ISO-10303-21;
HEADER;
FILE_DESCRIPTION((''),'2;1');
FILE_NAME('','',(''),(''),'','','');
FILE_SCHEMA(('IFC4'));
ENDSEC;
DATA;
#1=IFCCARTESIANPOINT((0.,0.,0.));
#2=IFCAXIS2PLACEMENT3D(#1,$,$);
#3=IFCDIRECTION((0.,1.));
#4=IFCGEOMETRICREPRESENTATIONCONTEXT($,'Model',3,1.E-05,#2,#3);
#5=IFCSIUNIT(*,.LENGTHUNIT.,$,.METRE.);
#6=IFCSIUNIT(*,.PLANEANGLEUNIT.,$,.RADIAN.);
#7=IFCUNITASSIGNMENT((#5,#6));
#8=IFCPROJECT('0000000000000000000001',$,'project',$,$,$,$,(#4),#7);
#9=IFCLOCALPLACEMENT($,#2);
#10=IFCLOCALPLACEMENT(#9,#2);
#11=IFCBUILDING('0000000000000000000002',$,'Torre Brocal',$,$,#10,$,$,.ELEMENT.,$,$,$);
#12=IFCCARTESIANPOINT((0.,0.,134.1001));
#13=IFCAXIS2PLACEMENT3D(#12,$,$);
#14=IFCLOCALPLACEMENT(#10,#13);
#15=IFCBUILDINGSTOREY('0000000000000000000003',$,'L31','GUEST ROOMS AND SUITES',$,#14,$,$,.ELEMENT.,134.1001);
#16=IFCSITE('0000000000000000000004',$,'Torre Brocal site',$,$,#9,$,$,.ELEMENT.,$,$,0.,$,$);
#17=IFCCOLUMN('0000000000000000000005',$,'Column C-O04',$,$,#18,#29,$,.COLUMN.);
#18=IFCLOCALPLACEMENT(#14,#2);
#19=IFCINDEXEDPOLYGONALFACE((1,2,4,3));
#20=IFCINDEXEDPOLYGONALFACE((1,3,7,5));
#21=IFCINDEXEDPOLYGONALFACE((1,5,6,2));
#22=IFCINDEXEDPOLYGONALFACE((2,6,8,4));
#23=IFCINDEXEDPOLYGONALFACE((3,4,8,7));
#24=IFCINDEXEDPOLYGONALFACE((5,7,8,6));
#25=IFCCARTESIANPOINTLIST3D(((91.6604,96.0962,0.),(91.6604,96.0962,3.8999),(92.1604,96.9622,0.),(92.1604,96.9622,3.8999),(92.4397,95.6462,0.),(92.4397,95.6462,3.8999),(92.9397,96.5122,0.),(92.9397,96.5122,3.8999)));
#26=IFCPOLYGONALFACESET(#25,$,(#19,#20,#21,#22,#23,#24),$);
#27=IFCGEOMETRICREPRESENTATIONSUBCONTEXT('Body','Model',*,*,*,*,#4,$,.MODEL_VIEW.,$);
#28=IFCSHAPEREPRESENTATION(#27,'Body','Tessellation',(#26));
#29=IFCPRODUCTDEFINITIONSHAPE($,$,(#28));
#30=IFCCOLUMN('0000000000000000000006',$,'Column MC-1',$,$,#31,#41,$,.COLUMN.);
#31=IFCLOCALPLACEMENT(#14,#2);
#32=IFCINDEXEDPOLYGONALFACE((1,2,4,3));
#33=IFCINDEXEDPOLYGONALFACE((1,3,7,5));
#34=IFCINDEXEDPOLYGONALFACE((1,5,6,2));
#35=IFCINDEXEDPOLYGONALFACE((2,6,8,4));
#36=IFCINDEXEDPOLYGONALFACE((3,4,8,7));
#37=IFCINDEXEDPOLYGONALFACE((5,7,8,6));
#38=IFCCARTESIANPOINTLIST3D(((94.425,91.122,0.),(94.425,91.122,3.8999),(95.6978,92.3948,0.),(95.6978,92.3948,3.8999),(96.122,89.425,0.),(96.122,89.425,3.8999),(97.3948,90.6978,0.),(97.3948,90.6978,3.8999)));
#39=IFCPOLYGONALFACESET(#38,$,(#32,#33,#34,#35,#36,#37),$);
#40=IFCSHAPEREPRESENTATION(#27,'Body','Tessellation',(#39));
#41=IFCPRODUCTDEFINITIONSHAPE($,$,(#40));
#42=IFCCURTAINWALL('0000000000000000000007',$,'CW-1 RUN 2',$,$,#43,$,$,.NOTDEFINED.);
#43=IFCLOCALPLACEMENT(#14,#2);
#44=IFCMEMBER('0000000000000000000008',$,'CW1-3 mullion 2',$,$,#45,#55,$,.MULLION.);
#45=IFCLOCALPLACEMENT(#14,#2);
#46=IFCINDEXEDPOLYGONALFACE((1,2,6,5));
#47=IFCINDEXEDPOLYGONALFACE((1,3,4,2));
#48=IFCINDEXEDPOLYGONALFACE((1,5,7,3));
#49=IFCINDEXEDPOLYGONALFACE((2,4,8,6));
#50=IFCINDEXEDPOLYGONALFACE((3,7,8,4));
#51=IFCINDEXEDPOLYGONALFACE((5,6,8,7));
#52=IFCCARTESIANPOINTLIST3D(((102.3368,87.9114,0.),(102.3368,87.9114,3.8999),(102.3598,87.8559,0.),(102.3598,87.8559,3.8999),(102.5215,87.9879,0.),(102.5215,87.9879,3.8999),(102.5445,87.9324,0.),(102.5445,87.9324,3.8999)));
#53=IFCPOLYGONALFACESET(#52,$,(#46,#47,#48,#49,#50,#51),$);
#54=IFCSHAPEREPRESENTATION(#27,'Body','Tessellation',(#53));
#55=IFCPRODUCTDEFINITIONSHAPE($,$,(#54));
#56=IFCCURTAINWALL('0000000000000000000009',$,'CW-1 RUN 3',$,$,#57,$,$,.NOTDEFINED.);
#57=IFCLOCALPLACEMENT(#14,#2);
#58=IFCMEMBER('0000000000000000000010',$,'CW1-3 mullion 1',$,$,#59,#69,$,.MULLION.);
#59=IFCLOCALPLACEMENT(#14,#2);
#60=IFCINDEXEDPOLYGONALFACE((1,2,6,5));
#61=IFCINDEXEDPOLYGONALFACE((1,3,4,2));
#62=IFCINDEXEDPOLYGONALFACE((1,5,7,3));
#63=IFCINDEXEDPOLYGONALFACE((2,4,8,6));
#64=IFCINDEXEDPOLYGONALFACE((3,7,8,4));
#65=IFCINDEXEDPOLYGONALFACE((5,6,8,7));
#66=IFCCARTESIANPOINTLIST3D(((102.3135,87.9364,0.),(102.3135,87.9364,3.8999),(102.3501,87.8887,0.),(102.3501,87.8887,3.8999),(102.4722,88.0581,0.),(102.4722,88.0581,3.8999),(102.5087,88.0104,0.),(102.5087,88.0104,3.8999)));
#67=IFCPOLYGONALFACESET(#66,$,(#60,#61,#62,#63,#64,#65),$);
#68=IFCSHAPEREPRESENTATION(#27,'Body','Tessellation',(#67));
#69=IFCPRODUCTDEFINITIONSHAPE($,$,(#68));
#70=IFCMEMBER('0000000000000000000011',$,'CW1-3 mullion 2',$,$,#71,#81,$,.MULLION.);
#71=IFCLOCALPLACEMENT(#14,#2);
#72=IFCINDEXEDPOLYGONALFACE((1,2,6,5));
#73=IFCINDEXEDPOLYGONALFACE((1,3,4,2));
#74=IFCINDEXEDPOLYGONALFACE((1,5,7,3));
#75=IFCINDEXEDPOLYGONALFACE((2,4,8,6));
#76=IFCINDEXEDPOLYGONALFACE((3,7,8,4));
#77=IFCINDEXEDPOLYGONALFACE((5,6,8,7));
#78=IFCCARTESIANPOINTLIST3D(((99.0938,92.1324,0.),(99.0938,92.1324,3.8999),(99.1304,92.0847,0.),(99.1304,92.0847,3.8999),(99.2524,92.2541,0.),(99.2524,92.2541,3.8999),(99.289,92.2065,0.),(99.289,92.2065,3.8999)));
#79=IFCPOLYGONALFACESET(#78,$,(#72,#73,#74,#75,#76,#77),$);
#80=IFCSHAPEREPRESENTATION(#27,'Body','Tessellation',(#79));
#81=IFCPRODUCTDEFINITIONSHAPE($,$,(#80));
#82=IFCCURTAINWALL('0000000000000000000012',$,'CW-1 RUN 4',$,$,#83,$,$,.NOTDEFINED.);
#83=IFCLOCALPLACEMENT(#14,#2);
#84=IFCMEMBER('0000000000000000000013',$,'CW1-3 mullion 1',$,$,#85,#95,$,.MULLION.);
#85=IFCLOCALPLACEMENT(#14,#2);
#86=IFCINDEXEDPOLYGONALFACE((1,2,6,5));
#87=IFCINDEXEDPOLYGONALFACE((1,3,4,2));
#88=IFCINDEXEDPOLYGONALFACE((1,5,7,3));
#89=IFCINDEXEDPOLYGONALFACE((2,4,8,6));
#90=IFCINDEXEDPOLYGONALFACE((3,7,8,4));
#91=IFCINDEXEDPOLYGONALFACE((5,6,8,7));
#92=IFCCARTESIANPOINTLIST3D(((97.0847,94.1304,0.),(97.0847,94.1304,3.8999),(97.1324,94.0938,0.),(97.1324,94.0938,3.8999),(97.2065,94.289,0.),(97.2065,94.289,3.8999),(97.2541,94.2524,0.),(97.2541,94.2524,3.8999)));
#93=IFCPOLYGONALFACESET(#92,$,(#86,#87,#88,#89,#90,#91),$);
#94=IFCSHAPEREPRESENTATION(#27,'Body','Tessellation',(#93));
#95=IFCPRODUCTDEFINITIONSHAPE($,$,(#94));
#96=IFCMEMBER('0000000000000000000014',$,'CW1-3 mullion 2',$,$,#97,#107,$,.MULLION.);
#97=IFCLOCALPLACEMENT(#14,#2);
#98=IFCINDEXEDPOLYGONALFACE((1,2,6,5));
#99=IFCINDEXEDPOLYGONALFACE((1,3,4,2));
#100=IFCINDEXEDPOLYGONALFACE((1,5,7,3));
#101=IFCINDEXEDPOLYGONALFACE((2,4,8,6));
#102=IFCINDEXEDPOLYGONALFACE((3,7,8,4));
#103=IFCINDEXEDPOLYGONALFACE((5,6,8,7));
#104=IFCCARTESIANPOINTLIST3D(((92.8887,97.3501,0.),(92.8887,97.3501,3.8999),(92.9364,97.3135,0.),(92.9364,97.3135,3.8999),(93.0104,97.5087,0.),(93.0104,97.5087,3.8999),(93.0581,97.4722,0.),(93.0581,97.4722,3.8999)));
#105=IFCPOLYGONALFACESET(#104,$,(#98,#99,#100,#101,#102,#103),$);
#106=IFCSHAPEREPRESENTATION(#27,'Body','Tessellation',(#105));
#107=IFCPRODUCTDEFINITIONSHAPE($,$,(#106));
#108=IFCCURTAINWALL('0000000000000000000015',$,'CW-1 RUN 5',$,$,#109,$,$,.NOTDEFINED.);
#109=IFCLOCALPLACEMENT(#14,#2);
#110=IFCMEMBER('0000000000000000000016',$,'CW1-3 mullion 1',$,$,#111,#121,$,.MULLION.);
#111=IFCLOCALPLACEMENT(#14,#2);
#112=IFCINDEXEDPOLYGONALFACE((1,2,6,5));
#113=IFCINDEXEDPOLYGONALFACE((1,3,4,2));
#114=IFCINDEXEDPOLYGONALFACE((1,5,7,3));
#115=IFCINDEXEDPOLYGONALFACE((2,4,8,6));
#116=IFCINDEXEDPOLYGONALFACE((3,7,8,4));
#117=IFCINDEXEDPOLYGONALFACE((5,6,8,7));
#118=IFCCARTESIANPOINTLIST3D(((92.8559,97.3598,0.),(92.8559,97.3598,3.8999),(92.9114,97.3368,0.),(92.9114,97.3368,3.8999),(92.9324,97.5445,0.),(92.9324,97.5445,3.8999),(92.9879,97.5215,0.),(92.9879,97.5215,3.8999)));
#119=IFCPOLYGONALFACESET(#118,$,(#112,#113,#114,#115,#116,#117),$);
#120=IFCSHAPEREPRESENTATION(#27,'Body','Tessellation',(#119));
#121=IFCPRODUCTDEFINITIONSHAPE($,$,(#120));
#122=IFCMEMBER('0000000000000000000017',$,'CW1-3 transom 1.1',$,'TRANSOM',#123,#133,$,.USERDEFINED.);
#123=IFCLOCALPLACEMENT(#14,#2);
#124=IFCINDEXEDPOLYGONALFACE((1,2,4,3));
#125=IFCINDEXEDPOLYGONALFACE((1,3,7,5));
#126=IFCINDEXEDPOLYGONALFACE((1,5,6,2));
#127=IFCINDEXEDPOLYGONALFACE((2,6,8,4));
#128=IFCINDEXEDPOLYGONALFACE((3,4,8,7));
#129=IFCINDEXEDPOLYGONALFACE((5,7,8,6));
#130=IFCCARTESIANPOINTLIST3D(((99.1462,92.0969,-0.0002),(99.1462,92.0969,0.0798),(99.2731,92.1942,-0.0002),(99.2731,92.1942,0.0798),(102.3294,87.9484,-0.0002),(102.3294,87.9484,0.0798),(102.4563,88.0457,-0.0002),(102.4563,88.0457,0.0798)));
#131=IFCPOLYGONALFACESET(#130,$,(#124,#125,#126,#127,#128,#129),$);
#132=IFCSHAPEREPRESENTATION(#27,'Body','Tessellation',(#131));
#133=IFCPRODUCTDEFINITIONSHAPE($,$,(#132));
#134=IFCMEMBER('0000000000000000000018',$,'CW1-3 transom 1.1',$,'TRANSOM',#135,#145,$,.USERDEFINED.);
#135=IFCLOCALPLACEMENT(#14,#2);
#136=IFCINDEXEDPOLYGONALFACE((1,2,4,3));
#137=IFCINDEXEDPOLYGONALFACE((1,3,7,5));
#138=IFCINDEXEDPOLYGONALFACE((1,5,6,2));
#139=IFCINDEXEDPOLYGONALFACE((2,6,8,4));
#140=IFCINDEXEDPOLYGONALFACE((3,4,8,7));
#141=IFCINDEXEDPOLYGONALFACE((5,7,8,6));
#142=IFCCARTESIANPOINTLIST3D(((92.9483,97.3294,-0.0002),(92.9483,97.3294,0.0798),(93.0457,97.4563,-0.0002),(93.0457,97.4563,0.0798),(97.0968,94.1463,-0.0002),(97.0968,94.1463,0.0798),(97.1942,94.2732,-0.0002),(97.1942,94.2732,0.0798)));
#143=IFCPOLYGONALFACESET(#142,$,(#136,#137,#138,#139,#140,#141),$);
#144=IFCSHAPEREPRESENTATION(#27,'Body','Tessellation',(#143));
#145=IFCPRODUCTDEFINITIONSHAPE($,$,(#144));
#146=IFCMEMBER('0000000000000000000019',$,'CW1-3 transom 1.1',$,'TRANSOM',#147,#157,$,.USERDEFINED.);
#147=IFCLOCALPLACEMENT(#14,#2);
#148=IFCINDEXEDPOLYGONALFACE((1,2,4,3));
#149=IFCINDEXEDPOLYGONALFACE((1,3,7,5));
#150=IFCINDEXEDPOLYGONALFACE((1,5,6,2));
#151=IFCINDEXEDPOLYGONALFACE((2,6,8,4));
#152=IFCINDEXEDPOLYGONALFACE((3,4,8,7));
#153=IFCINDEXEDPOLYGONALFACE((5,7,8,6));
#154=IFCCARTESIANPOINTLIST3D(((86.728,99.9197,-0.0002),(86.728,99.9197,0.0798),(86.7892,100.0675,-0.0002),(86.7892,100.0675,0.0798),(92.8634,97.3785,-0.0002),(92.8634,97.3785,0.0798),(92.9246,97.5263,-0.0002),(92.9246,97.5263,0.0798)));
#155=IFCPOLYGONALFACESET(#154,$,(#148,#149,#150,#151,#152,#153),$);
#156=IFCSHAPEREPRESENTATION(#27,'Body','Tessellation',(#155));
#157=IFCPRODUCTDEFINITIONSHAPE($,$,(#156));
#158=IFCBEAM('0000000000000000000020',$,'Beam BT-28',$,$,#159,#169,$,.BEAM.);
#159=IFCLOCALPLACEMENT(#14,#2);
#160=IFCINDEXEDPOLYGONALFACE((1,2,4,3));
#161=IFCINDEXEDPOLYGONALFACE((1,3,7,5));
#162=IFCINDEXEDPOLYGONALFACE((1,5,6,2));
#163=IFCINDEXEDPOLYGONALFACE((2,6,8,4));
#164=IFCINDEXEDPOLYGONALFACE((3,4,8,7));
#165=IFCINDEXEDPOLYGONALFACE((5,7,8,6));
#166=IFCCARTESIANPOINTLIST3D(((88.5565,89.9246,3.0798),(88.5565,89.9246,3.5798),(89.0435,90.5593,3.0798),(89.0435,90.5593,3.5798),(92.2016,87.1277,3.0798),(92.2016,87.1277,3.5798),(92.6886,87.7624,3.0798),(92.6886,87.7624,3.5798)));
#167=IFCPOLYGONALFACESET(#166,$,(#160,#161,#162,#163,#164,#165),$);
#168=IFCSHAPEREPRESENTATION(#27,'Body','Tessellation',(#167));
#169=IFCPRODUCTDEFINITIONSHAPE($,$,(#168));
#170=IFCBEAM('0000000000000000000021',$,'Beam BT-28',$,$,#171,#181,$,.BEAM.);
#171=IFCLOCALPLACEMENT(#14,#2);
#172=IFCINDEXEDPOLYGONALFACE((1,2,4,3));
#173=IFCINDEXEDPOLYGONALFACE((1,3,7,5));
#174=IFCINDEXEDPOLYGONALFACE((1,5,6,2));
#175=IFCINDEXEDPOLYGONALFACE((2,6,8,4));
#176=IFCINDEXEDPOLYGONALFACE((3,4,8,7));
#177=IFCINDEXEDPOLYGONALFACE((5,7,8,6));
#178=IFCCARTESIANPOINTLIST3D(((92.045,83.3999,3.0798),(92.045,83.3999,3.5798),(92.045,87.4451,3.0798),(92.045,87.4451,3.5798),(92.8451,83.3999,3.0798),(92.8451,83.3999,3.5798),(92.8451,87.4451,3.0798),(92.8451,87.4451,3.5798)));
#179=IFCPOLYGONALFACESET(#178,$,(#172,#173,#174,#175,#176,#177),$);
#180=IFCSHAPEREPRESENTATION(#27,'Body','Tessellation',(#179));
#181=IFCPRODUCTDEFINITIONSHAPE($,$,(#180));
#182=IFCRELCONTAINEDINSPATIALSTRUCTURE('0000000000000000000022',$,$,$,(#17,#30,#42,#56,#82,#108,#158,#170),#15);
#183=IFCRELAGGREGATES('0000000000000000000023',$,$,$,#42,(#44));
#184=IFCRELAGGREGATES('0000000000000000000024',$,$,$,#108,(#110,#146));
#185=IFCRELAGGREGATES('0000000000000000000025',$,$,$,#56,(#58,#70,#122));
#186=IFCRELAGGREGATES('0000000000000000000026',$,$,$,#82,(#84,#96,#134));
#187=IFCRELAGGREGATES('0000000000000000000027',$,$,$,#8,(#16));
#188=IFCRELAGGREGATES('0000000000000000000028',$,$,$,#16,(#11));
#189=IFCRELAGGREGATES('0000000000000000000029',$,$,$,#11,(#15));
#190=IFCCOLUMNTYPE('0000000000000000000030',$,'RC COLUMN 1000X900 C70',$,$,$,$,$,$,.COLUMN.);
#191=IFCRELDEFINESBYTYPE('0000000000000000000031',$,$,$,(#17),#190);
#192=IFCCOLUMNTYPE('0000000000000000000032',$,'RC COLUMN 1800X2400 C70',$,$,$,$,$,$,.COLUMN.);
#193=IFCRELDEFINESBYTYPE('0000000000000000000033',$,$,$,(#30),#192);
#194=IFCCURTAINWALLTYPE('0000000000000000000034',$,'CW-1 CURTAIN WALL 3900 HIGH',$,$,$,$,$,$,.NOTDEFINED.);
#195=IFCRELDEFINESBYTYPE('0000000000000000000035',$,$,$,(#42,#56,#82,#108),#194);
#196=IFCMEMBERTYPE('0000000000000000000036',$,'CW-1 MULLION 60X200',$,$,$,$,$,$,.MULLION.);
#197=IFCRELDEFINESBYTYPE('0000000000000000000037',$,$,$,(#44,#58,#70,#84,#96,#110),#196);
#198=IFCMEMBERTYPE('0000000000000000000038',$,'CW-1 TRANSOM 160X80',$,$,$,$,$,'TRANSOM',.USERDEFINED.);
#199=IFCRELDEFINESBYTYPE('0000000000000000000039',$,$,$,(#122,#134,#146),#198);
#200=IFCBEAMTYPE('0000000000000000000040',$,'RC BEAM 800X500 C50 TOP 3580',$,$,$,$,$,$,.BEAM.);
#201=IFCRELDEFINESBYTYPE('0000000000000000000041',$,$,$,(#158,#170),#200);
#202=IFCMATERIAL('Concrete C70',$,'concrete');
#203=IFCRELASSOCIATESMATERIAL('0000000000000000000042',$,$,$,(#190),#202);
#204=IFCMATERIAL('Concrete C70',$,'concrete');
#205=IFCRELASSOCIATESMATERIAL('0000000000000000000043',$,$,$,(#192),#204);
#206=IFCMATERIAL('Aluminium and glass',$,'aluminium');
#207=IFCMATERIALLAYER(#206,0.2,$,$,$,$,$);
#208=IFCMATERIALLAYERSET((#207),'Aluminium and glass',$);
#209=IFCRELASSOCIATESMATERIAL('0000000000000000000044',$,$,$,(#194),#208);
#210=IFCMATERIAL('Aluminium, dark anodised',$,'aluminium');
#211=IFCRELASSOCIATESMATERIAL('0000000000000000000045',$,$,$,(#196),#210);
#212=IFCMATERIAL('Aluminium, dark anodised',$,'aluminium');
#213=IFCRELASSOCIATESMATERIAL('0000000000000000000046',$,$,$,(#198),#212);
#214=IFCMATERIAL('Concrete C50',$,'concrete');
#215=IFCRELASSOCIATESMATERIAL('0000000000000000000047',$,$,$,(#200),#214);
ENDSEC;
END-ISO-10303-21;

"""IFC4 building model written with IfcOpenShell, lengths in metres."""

from ifc_helpers import new_model, si_unit, direction, frame, origin, origin_2d, place, context, subcontext, project, spatial, rectangle, extrude, material, layer, layer_set, material_profile, profile_set, type_object, element, aggregate, save


model = new_model("IFC4")

# Units and contexts
model_context = context("Model", 3, precision=1e-05, world=origin(), true_north=direction((0.0, 1.0)))
body_context = subcontext(model_context, "Body", "Model", "MODEL_VIEW")
ifc_project = project(units=[si_unit("LENGTHUNIT", "METRE"), si_unit("PLANEANGLEUNIT", "RADIAN")], contexts=[model_context])

# Site, building, storey
site_placement = place(None, origin())
site = spatial("IfcSite", under=ifc_project, at=site_placement, Name="Torre Brocal site", CompositionType="ELEMENT", RefElevation=0.0)
building_placement = place(site_placement, origin())
building = spatial("IfcBuilding", under=site, at=building_placement, Name="Torre Brocal", CompositionType="ELEMENT")
storey_placement = place(building_placement, frame((0.0, 0.0, 134.1001)))
storey = spatial("IfcBuildingStorey", under=building, at=storey_placement, Name="L31", Description="GUEST ROOMS AND SUITES", CompositionType="ELEMENT", Elevation=134.1001)

# Columns
ifc_material_1 = material(Name="Concrete C70", Category="concrete")
ifc_material_profile_1 = material_profile(ifc_material_1, rectangle(XDim=1.0, YDim=0.8999, at=origin_2d()), Name="RC 1000X900")
ifc_profile_set_1 = profile_set([ifc_material_profile_1], Name="Concrete C70")
column_type_1 = type_object("IfcColumnType", Name="RC COLUMN 1000X900 C70", PredefinedType="COLUMN", material=ifc_profile_set_1)
column_1_placement = place(storey_placement, frame((92.3, 96.3042, 0.0), z_axis=(0.0, 0.0, 1.0), x_axis=(0.5, 0.866025, 0.0)))
element("IfcColumn", 1, at=column_1_placement, inside=storey, type_object=column_type_1, Name="Column C-O04", PredefinedType="COLUMN", context=body_context, shape_type="SweptSolid", body=[
    extrude(rectangle(XDim=1.0, YDim=0.8999, at=origin_2d()), origin(), (0.0, 0.0, 1.0), 3.8999),
])
ifc_material_2 = material(Name="Concrete C70", Category="concrete")
ifc_material_profile_2 = material_profile(ifc_material_2, rectangle(XDim=1.8, YDim=2.3999, at=origin_2d()), Name="RC 1800X2400")
ifc_profile_set_2 = profile_set([ifc_material_profile_2], Name="Concrete C70")
column_type_2 = type_object("IfcColumnType", Name="RC COLUMN 1800X2400 C70", PredefinedType="COLUMN", material=ifc_profile_set_2)
column_2_placement = place(storey_placement, frame((95.9099, 90.9099, 0.0), z_axis=(0.0, 0.0, 1.0), x_axis=(0.707107, 0.707107, 0.0)))
element("IfcColumn", 2, at=column_2_placement, inside=storey, type_object=column_type_2, Name="Column MC-1", PredefinedType="COLUMN", context=body_context, shape_type="SweptSolid", body=[
    extrude(rectangle(XDim=1.8, YDim=2.3999, at=origin_2d()), origin(), (0.0, 0.0, 1.0), 3.8999),
])

# Curtain wall, member
ifc_material_3 = material(Name="Aluminium and glass", Category="aluminium")
ifc_layer_1 = layer(ifc_material_3, 0.2)
ifc_layer_set_1 = layer_set([ifc_layer_1], Name="Aluminium and glass")
curtain_wall_type = type_object("IfcCurtainWallType", Name="CW-1 CURTAIN WALL 3900 HIGH", PredefinedType="NOTDEFINED", material=ifc_layer_set_1)
curtain_wall_1_placement = place(storey_placement, origin())
curtain_wall_1 = element("IfcCurtainWall", 3, at=curtain_wall_1_placement, inside=storey, type_object=curtain_wall_type, Name="CW-1 RUN 2", PredefinedType="NOTDEFINED")
ifc_material_4 = material(Name="Aluminium, dark anodised", Category="aluminium")
ifc_material_profile_3 = material_profile(ifc_material_4, rectangle(XDim=0.2, YDim=0.0601, at=origin_2d()), Name="CW-1 MULLION 60X200")
ifc_profile_set_3 = profile_set([ifc_material_profile_3], Name="Aluminium, dark anodised")
member_type_1 = type_object("IfcMemberType", Name="CW-1 MULLION 60X200", PredefinedType="MULLION", material=ifc_profile_set_3)
member_1_placement = place(storey_placement, frame((102.4407, 87.9219, 0.0), z_axis=(0.0, 0.0, 1.0), x_axis=(-0.92388, -0.382683, 0.0)))
member_1 = element("IfcMember", 4, at=member_1_placement, type_object=member_type_1, Name="CW1-3 mullion 2", PredefinedType="MULLION", context=body_context, shape_type="SweptSolid", body=[
    extrude(rectangle(XDim=0.2, YDim=0.0601, at=origin_2d()), origin(), (0.0, 0.0, 1.0), 3.8999),
])
aggregate(curtain_wall_1, [member_1])

# Curtain walls, members
curtain_wall_2_placement = place(storey_placement, origin())
curtain_wall_2 = element("IfcCurtainWall", 5, at=curtain_wall_2_placement, inside=storey, type_object=curtain_wall_type, Name="CW-1 RUN 3", PredefinedType="NOTDEFINED")
member_2_placement = place(storey_placement, frame((102.4111, 87.9734, 0.0), z_axis=(0.0, 0.0, 1.0), x_axis=(-0.793353, -0.608761, 0.0)))
member_2 = element("IfcMember", 6, at=member_2_placement, type_object=member_type_1, Name="CW1-3 mullion 1", PredefinedType="MULLION", context=body_context, shape_type="SweptSolid", body=[
    extrude(rectangle(XDim=0.2, YDim=0.0601, at=origin_2d()), origin(), (0.0, 0.0, 1.0), 3.8999),
])
member_3_placement = place(storey_placement, frame((99.1914, 92.1694, 0.0), z_axis=(0.0, 0.0, 1.0), x_axis=(-0.793353, -0.608761, 0.0)))
member_3 = element("IfcMember", 7, at=member_3_placement, type_object=member_type_1, Name="CW1-3 mullion 2", PredefinedType="MULLION", context=body_context, shape_type="SweptSolid", body=[
    extrude(rectangle(XDim=0.2, YDim=0.0601, at=origin_2d()), origin(), (0.0, 0.0, 1.0), 3.8999),
])
curtain_wall_3_placement = place(storey_placement, origin())
curtain_wall_3 = element("IfcCurtainWall", 8, at=curtain_wall_3_placement, inside=storey, type_object=curtain_wall_type, Name="CW-1 RUN 4", PredefinedType="NOTDEFINED")
member_4_placement = place(storey_placement, frame((97.1694, 94.1914, 0.0), z_axis=(0.0, 0.0, 1.0), x_axis=(-0.608761, -0.793353, 0.0)))
member_4 = element("IfcMember", 9, at=member_4_placement, type_object=member_type_1, Name="CW1-3 mullion 1", PredefinedType="MULLION", context=body_context, shape_type="SweptSolid", body=[
    extrude(rectangle(XDim=0.2, YDim=0.0601, at=origin_2d()), origin(), (0.0, 0.0, 1.0), 3.8999),
])
member_5_placement = place(storey_placement, frame((92.9734, 97.4111, 0.0), z_axis=(0.0, 0.0, 1.0), x_axis=(-0.608761, -0.793353, 0.0)))
member_5 = element("IfcMember", 10, at=member_5_placement, type_object=member_type_1, Name="CW1-3 mullion 2", PredefinedType="MULLION", context=body_context, shape_type="SweptSolid", body=[
    extrude(rectangle(XDim=0.2, YDim=0.0601, at=origin_2d()), origin(), (0.0, 0.0, 1.0), 3.8999),
])

# Curtain wall, member
curtain_wall_4_placement = place(storey_placement, origin())
curtain_wall_4 = element("IfcCurtainWall", 11, at=curtain_wall_4_placement, inside=storey, type_object=curtain_wall_type, Name="CW-1 RUN 5", PredefinedType="NOTDEFINED")
member_6_placement = place(storey_placement, frame((92.9219, 97.4407, 0.0), z_axis=(0.0, 0.0, 1.0), x_axis=(-0.382683, -0.92388, 0.0)))
member_6 = element("IfcMember", 12, at=member_6_placement, type_object=member_type_1, Name="CW1-3 mullion 1", PredefinedType="MULLION", context=body_context, shape_type="SweptSolid", body=[
    extrude(rectangle(XDim=0.2, YDim=0.0601, at=origin_2d()), origin(), (0.0, 0.0, 1.0), 3.8999),
])

# Members
ifc_material_5 = material(Name="Aluminium, dark anodised", Category="aluminium")
ifc_material_profile_4 = material_profile(ifc_material_5, rectangle(XDim=0.1599, YDim=0.0801, at=origin_2d()), Name="CW-1 TRANSOM 160X80")
ifc_profile_set_4 = profile_set([ifc_material_profile_4], Name="Aluminium, dark anodised")
member_type_2 = type_object("IfcMemberType", Name="CW-1 TRANSOM 160X80", ElementType="TRANSOM", PredefinedType="USERDEFINED", material=ifc_profile_set_4)
member_7_placement = place(storey_placement, frame((102.3928, 87.9971, 0.0398), z_axis=(-0.608749, 0.793363, 0.0), x_axis=(-0.793363, -0.608749, 0.0)))
member_7 = element("IfcMember", 13, at=member_7_placement, type_object=member_type_2, Name="CW1-3 transom 1.1", ObjectType="TRANSOM", PredefinedType="USERDEFINED", context=body_context, shape_type="SweptSolid", body=[
    extrude(rectangle(XDim=0.1599, YDim=0.0801, at=origin_2d()), origin(), (0.0, 0.0, 1.0), 5.229),
])
member_8_placement = place(storey_placement, frame((97.1455, 94.2097, 0.0398), z_axis=(-0.793363, 0.608749, 0.0), x_axis=(-0.608749, -0.793363, 0.0)))
member_8 = element("IfcMember", 14, at=member_8_placement, type_object=member_type_2, Name="CW1-3 transom 1.1", ObjectType="TRANSOM", PredefinedType="USERDEFINED", context=body_context, shape_type="SweptSolid", body=[
    extrude(rectangle(XDim=0.1599, YDim=0.0801, at=origin_2d()), origin(), (0.0, 0.0, 1.0), 5.229),
])
member_9_placement = place(storey_placement, frame((92.894, 97.4524, 0.0398), z_axis=(-0.923887, 0.382665, 0.0), x_axis=(-0.382665, -0.923887, 0.0)))
member_9 = element("IfcMember", 15, at=member_9_placement, type_object=member_type_2, Name="CW1-3 transom 1.1", ObjectType="TRANSOM", PredefinedType="USERDEFINED", context=body_context, shape_type="SweptSolid", body=[
    extrude(rectangle(XDim=0.1599, YDim=0.0801, at=origin_2d()), origin(), (0.0, 0.0, 1.0), 6.6409),
])
aggregate(curtain_wall_4, [member_6, member_9])

# Beams
ifc_material_6 = material(Name="Concrete C50", Category="concrete")
ifc_material_profile_5 = material_profile(ifc_material_6, rectangle(XDim=0.8, YDim=0.5, at=origin_2d()), Name="RC 800X500")
ifc_profile_set_5 = profile_set([ifc_material_profile_5], Name="Concrete C50")
beam_type_1 = type_object("IfcBeamType", Name="RC BEAM 800X500 C50 TOP 3580", PredefinedType="BEAM", material=ifc_profile_set_5)
beam_1_placement = place(storey_placement, frame((92.4451, 87.4451, 3.3298), z_axis=(-0.793358, 0.608755, 0.0), x_axis=(-0.608755, -0.793358, 0.0)))
element("IfcBeam", 16, at=beam_1_placement, inside=storey, type_object=beam_type_1, Name="Beam BT-28", PredefinedType="BEAM", context=body_context, shape_type="SweptSolid", body=[
    extrude(rectangle(XDim=0.8, YDim=0.5, at=origin_2d()), origin(), (0.0, 0.0, 1.0), 4.5945),
])
beam_2_placement = place(storey_placement, frame((92.4451, 87.4451, 3.3298), z_axis=(0.0, -1.0, 0.0), x_axis=(1.0, 0.0, 0.0)))
element("IfcBeam", 17, at=beam_2_placement, inside=storey, type_object=beam_type_1, Name="Beam BT-28", PredefinedType="BEAM", context=body_context, shape_type="SweptSolid", body=[
    extrude(rectangle(XDim=0.8, YDim=0.5, at=origin_2d()), origin(), (0.0, 0.0, 1.0), 4.0452),
])

aggregate(curtain_wall_2, [member_2, member_3, member_7])
aggregate(curtain_wall_3, [member_4, member_5, member_8])

save(model, "model.ifc")
